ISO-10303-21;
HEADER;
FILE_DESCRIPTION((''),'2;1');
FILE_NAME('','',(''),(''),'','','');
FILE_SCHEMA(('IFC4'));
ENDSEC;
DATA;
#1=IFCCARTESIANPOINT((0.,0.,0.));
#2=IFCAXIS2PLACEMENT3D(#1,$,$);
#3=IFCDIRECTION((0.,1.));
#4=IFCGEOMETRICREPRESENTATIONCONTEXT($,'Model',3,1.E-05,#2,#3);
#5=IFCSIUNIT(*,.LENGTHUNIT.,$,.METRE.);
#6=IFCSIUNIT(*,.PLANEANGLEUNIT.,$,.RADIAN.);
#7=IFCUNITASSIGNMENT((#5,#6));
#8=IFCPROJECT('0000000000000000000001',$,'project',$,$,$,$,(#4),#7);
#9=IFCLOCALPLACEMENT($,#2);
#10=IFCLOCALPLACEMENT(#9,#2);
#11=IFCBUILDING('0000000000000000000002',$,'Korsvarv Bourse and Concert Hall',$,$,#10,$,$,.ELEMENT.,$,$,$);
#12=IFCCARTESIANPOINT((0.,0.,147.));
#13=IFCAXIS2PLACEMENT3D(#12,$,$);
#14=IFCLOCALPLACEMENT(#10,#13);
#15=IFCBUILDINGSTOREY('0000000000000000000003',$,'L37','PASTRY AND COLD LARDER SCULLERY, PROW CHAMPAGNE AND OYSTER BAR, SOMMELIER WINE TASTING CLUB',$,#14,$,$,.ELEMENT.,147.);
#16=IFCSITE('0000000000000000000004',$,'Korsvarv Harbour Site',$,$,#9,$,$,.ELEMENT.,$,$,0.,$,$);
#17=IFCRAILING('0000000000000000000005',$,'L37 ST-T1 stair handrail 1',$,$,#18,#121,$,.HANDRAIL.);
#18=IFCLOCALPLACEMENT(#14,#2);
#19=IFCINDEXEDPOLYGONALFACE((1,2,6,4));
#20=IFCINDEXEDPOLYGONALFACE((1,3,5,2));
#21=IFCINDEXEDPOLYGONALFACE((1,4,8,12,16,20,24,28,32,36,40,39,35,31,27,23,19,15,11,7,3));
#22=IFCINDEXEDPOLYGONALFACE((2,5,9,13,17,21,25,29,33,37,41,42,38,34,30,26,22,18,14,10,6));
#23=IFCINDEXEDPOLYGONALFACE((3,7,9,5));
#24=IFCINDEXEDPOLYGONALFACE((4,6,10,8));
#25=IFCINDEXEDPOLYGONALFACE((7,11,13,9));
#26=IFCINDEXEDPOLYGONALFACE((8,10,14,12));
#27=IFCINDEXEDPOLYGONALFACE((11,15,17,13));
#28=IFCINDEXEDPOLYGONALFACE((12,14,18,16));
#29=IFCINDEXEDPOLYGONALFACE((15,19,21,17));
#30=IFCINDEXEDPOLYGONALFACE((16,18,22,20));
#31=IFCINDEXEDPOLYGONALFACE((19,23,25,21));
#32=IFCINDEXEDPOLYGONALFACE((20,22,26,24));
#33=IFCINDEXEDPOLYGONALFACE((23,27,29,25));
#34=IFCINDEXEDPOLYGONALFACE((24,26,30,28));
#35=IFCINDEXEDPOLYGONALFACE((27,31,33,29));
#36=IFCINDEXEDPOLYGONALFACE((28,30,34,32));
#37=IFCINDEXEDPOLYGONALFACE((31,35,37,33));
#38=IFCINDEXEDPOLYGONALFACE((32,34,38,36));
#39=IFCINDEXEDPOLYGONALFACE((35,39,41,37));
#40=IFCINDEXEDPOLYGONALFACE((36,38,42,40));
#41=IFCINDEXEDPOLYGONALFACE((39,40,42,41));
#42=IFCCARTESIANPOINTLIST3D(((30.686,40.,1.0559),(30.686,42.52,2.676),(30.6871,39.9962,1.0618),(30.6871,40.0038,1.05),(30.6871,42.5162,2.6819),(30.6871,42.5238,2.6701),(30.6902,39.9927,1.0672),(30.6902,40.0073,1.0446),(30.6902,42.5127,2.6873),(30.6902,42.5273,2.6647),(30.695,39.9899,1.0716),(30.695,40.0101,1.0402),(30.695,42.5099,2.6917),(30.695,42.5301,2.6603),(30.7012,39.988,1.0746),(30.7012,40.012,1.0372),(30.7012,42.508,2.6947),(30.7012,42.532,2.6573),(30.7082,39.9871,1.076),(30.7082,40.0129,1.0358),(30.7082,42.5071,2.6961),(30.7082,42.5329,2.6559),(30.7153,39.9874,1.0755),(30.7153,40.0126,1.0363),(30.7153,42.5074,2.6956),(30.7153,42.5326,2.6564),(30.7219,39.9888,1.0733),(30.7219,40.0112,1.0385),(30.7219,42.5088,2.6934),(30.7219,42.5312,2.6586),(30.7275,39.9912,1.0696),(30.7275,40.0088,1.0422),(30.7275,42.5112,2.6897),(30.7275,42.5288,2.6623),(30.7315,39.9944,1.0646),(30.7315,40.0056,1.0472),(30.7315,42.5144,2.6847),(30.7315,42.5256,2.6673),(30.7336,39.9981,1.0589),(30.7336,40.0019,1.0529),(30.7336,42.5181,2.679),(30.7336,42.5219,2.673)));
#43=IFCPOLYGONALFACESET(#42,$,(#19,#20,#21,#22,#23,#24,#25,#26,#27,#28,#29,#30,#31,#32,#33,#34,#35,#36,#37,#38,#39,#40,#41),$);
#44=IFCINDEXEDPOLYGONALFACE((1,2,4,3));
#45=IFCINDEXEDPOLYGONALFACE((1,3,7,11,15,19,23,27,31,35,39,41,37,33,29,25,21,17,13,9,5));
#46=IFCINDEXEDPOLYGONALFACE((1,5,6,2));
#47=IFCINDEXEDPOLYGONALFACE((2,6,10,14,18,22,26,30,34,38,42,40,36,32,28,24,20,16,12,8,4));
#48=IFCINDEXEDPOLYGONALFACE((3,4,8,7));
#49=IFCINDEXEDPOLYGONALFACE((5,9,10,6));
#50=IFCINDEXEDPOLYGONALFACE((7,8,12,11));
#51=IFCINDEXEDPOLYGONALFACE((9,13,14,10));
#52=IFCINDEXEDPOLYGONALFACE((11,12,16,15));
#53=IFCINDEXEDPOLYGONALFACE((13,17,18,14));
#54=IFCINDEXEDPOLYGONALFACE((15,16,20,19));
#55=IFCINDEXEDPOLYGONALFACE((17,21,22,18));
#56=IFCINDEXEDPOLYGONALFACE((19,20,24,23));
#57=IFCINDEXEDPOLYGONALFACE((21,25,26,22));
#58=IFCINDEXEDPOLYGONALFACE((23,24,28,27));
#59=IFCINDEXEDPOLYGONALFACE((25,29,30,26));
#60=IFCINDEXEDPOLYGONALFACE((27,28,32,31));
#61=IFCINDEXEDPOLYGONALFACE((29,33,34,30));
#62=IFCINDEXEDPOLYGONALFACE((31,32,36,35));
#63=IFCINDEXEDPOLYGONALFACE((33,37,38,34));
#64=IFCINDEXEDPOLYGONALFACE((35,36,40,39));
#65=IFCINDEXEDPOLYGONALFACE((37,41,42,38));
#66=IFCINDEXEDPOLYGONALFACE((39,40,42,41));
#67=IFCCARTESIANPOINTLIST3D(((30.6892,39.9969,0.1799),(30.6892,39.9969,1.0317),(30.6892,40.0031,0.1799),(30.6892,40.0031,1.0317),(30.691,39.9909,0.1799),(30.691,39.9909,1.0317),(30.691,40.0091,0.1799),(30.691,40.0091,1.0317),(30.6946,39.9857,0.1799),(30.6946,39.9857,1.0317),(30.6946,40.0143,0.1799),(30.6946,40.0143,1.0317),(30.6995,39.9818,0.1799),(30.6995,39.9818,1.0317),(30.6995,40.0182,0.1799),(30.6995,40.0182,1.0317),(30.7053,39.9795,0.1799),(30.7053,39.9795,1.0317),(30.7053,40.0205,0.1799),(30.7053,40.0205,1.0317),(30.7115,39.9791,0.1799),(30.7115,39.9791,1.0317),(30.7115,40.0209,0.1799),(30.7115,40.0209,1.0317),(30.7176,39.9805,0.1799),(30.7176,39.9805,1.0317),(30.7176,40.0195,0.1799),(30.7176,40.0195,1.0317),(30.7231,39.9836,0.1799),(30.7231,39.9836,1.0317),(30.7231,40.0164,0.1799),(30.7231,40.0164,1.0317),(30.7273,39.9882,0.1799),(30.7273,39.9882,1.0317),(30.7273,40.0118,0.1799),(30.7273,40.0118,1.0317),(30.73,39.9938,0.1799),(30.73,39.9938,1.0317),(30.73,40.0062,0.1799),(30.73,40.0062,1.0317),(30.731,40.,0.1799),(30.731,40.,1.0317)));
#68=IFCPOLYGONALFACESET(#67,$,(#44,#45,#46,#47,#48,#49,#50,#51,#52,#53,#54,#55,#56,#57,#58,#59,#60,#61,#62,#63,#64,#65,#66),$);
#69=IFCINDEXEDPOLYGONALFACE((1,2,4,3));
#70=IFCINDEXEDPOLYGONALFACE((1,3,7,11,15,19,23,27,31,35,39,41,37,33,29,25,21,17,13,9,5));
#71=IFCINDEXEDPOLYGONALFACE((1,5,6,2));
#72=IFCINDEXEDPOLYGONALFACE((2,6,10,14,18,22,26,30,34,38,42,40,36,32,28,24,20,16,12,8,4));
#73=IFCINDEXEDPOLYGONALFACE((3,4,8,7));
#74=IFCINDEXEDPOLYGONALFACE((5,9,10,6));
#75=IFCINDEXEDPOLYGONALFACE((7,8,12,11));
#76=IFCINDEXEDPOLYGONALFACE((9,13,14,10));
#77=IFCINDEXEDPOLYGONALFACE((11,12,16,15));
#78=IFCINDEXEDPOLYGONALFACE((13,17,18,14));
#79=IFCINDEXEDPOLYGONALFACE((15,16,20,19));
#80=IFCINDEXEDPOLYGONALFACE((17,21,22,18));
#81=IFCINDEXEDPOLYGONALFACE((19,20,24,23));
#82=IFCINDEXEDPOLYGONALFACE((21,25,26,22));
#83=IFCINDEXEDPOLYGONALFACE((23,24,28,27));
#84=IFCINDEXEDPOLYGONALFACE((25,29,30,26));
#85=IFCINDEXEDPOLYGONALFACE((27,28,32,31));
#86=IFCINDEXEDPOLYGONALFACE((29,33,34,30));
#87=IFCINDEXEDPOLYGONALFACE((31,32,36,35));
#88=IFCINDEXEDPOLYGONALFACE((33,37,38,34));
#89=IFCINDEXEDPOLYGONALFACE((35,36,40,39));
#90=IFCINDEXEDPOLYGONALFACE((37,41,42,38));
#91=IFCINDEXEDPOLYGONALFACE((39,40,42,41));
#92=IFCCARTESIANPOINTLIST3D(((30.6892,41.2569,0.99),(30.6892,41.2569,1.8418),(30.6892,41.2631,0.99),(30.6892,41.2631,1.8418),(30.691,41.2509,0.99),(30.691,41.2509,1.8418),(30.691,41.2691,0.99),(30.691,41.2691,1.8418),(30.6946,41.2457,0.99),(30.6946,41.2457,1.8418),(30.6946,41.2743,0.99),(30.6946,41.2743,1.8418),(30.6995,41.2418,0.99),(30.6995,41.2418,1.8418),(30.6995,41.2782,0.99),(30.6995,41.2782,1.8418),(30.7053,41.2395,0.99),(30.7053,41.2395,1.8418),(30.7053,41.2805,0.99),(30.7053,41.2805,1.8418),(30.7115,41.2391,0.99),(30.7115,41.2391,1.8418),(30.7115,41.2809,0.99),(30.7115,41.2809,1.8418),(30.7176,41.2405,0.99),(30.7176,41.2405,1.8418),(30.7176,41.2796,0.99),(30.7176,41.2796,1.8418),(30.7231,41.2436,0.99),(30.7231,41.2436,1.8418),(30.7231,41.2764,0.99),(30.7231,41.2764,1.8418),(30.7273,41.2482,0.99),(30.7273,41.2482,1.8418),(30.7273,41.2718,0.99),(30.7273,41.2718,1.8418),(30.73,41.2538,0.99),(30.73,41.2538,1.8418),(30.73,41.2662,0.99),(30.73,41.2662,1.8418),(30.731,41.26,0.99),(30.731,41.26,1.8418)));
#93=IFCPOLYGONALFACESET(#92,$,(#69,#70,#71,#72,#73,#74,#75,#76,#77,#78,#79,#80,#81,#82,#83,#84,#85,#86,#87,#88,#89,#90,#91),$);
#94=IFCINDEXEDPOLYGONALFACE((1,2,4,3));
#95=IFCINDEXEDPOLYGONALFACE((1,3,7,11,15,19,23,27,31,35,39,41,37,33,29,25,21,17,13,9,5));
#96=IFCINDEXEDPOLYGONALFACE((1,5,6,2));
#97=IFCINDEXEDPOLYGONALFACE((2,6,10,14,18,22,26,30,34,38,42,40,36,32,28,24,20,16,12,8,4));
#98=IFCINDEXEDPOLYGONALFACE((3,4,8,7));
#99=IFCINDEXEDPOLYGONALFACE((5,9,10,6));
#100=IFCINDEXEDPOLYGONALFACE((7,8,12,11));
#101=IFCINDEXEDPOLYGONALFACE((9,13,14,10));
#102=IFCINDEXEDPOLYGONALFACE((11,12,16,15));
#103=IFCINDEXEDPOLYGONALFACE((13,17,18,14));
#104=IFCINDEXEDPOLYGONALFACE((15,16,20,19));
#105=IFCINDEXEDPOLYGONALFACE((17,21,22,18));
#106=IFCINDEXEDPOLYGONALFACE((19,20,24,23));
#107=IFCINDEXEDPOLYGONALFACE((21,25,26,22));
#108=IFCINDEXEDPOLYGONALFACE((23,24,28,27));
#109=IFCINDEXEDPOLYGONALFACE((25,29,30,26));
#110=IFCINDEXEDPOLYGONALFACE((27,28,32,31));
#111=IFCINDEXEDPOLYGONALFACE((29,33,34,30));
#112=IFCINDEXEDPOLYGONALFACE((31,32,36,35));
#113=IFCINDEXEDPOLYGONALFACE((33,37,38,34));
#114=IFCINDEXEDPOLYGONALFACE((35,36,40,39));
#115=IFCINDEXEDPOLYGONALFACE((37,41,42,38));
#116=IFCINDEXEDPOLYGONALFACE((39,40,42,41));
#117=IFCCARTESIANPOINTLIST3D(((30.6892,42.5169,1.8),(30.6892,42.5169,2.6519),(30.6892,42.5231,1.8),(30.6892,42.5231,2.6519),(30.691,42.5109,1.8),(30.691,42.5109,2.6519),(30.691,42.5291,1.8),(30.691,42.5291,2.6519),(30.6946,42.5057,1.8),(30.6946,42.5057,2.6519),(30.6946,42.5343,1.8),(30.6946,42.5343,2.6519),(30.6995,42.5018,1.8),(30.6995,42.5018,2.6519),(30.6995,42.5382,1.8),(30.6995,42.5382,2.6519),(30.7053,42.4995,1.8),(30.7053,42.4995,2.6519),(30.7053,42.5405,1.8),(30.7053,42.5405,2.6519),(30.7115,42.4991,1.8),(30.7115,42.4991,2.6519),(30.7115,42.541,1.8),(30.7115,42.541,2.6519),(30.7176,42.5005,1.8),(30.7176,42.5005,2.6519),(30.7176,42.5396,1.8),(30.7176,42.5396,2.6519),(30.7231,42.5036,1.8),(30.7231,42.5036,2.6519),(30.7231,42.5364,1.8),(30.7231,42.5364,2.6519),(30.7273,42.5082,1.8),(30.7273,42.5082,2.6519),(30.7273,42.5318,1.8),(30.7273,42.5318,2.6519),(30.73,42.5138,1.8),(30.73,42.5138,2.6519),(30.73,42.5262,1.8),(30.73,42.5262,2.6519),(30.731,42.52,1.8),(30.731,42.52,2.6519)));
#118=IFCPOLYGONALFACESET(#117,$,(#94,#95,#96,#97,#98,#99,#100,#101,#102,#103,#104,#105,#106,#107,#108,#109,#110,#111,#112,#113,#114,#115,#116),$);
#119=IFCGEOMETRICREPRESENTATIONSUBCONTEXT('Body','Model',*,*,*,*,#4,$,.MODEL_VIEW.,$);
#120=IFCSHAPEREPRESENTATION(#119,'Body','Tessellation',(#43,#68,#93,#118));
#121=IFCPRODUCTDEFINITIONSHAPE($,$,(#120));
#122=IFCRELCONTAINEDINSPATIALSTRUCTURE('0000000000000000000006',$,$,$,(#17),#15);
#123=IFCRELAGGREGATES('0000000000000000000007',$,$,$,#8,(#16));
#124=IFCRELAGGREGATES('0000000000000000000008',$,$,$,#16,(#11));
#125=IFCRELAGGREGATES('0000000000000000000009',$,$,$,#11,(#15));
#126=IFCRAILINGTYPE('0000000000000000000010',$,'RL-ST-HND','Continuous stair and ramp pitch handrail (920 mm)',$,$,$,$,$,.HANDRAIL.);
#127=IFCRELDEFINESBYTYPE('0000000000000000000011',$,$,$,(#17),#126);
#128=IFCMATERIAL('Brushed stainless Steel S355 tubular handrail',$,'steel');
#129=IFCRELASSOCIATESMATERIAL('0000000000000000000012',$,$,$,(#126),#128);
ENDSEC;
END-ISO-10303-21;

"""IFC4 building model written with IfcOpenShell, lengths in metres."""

from ifc_helpers import new_model, si_unit, direction, frame, origin, origin_2d, place, context, subcontext, project, spatial, circle, extrude, material, type_object, element, save


model = new_model("IFC4")

# Units and contexts
model_context = context("Model", 3, precision=1e-05, world=origin(), true_north=direction((0.0, 1.0)))
body_context = subcontext(model_context, "Body", "Model", "MODEL_VIEW")
ifc_project = project(units=[si_unit("LENGTHUNIT", "METRE"), si_unit("PLANEANGLEUNIT", "RADIAN")], contexts=[model_context])

# Site, building, storey
site_placement = place(None, origin())
site = spatial("IfcSite", under=ifc_project, at=site_placement, Name="Korsvarv Harbour Site", CompositionType="ELEMENT", RefElevation=0.0)
building_placement = place(site_placement, origin())
building = spatial("IfcBuilding", under=site, at=building_placement, Name="Korsvarv Bourse and Concert Hall", CompositionType="ELEMENT")
storey_placement = place(building_placement, frame((0.0, 0.0, 147.0)))
storey = spatial("IfcBuildingStorey", under=building, at=storey_placement, Name="L37", Description="PASTRY AND COLD LARDER SCULLERY, PROW CHAMPAGNE AND OYSTER BAR, SOMMELIER WINE TASTING CLUB", CompositionType="ELEMENT", Elevation=147.0)

# Railing
ifc_material_1 = material(Name="Brushed stainless Steel S355 tubular handrail", Category="steel")
railing_type_1 = type_object("IfcRailingType", Name="RL-ST-HND", Description="Continuous stair and ramp pitch handrail (920 mm)", PredefinedType="HANDRAIL", material=ifc_material_1)
railing_1_placement = place(storey_placement, frame((30.71, 40.0, 0.1799)))
element("IfcRailing", 1, at=railing_1_placement, inside=storey, type_object=railing_type_1, Name="L37 ST-T1 stair handrail 1", PredefinedType="HANDRAIL", context=body_context, shape_type="SweptSolid", body=[
    extrude(circle(Radius=0.0239, at=origin_2d()), frame((0.0, 0.0, 0.876), z_axis=(0.0, 0.841163, 0.540782), x_axis=(-1.0, 0.0, 0.0)), (0.0, 0.0, 1.0), 2.9958),
    extrude(circle(Radius=0.021, at=origin_2d()), origin(), (0.0, 0.0, 1.0), 0.8518),
    extrude(circle(Radius=0.021, at=origin_2d()), frame((0.0, 1.26, 0.8101)), (0.0, 0.0, 1.0), 0.8518),
    extrude(circle(Radius=0.021, at=origin_2d()), frame((0.0, 2.52, 1.6201)), (0.0, 0.0, 1.0), 0.8518),
])

save(model, "model.ifc")
